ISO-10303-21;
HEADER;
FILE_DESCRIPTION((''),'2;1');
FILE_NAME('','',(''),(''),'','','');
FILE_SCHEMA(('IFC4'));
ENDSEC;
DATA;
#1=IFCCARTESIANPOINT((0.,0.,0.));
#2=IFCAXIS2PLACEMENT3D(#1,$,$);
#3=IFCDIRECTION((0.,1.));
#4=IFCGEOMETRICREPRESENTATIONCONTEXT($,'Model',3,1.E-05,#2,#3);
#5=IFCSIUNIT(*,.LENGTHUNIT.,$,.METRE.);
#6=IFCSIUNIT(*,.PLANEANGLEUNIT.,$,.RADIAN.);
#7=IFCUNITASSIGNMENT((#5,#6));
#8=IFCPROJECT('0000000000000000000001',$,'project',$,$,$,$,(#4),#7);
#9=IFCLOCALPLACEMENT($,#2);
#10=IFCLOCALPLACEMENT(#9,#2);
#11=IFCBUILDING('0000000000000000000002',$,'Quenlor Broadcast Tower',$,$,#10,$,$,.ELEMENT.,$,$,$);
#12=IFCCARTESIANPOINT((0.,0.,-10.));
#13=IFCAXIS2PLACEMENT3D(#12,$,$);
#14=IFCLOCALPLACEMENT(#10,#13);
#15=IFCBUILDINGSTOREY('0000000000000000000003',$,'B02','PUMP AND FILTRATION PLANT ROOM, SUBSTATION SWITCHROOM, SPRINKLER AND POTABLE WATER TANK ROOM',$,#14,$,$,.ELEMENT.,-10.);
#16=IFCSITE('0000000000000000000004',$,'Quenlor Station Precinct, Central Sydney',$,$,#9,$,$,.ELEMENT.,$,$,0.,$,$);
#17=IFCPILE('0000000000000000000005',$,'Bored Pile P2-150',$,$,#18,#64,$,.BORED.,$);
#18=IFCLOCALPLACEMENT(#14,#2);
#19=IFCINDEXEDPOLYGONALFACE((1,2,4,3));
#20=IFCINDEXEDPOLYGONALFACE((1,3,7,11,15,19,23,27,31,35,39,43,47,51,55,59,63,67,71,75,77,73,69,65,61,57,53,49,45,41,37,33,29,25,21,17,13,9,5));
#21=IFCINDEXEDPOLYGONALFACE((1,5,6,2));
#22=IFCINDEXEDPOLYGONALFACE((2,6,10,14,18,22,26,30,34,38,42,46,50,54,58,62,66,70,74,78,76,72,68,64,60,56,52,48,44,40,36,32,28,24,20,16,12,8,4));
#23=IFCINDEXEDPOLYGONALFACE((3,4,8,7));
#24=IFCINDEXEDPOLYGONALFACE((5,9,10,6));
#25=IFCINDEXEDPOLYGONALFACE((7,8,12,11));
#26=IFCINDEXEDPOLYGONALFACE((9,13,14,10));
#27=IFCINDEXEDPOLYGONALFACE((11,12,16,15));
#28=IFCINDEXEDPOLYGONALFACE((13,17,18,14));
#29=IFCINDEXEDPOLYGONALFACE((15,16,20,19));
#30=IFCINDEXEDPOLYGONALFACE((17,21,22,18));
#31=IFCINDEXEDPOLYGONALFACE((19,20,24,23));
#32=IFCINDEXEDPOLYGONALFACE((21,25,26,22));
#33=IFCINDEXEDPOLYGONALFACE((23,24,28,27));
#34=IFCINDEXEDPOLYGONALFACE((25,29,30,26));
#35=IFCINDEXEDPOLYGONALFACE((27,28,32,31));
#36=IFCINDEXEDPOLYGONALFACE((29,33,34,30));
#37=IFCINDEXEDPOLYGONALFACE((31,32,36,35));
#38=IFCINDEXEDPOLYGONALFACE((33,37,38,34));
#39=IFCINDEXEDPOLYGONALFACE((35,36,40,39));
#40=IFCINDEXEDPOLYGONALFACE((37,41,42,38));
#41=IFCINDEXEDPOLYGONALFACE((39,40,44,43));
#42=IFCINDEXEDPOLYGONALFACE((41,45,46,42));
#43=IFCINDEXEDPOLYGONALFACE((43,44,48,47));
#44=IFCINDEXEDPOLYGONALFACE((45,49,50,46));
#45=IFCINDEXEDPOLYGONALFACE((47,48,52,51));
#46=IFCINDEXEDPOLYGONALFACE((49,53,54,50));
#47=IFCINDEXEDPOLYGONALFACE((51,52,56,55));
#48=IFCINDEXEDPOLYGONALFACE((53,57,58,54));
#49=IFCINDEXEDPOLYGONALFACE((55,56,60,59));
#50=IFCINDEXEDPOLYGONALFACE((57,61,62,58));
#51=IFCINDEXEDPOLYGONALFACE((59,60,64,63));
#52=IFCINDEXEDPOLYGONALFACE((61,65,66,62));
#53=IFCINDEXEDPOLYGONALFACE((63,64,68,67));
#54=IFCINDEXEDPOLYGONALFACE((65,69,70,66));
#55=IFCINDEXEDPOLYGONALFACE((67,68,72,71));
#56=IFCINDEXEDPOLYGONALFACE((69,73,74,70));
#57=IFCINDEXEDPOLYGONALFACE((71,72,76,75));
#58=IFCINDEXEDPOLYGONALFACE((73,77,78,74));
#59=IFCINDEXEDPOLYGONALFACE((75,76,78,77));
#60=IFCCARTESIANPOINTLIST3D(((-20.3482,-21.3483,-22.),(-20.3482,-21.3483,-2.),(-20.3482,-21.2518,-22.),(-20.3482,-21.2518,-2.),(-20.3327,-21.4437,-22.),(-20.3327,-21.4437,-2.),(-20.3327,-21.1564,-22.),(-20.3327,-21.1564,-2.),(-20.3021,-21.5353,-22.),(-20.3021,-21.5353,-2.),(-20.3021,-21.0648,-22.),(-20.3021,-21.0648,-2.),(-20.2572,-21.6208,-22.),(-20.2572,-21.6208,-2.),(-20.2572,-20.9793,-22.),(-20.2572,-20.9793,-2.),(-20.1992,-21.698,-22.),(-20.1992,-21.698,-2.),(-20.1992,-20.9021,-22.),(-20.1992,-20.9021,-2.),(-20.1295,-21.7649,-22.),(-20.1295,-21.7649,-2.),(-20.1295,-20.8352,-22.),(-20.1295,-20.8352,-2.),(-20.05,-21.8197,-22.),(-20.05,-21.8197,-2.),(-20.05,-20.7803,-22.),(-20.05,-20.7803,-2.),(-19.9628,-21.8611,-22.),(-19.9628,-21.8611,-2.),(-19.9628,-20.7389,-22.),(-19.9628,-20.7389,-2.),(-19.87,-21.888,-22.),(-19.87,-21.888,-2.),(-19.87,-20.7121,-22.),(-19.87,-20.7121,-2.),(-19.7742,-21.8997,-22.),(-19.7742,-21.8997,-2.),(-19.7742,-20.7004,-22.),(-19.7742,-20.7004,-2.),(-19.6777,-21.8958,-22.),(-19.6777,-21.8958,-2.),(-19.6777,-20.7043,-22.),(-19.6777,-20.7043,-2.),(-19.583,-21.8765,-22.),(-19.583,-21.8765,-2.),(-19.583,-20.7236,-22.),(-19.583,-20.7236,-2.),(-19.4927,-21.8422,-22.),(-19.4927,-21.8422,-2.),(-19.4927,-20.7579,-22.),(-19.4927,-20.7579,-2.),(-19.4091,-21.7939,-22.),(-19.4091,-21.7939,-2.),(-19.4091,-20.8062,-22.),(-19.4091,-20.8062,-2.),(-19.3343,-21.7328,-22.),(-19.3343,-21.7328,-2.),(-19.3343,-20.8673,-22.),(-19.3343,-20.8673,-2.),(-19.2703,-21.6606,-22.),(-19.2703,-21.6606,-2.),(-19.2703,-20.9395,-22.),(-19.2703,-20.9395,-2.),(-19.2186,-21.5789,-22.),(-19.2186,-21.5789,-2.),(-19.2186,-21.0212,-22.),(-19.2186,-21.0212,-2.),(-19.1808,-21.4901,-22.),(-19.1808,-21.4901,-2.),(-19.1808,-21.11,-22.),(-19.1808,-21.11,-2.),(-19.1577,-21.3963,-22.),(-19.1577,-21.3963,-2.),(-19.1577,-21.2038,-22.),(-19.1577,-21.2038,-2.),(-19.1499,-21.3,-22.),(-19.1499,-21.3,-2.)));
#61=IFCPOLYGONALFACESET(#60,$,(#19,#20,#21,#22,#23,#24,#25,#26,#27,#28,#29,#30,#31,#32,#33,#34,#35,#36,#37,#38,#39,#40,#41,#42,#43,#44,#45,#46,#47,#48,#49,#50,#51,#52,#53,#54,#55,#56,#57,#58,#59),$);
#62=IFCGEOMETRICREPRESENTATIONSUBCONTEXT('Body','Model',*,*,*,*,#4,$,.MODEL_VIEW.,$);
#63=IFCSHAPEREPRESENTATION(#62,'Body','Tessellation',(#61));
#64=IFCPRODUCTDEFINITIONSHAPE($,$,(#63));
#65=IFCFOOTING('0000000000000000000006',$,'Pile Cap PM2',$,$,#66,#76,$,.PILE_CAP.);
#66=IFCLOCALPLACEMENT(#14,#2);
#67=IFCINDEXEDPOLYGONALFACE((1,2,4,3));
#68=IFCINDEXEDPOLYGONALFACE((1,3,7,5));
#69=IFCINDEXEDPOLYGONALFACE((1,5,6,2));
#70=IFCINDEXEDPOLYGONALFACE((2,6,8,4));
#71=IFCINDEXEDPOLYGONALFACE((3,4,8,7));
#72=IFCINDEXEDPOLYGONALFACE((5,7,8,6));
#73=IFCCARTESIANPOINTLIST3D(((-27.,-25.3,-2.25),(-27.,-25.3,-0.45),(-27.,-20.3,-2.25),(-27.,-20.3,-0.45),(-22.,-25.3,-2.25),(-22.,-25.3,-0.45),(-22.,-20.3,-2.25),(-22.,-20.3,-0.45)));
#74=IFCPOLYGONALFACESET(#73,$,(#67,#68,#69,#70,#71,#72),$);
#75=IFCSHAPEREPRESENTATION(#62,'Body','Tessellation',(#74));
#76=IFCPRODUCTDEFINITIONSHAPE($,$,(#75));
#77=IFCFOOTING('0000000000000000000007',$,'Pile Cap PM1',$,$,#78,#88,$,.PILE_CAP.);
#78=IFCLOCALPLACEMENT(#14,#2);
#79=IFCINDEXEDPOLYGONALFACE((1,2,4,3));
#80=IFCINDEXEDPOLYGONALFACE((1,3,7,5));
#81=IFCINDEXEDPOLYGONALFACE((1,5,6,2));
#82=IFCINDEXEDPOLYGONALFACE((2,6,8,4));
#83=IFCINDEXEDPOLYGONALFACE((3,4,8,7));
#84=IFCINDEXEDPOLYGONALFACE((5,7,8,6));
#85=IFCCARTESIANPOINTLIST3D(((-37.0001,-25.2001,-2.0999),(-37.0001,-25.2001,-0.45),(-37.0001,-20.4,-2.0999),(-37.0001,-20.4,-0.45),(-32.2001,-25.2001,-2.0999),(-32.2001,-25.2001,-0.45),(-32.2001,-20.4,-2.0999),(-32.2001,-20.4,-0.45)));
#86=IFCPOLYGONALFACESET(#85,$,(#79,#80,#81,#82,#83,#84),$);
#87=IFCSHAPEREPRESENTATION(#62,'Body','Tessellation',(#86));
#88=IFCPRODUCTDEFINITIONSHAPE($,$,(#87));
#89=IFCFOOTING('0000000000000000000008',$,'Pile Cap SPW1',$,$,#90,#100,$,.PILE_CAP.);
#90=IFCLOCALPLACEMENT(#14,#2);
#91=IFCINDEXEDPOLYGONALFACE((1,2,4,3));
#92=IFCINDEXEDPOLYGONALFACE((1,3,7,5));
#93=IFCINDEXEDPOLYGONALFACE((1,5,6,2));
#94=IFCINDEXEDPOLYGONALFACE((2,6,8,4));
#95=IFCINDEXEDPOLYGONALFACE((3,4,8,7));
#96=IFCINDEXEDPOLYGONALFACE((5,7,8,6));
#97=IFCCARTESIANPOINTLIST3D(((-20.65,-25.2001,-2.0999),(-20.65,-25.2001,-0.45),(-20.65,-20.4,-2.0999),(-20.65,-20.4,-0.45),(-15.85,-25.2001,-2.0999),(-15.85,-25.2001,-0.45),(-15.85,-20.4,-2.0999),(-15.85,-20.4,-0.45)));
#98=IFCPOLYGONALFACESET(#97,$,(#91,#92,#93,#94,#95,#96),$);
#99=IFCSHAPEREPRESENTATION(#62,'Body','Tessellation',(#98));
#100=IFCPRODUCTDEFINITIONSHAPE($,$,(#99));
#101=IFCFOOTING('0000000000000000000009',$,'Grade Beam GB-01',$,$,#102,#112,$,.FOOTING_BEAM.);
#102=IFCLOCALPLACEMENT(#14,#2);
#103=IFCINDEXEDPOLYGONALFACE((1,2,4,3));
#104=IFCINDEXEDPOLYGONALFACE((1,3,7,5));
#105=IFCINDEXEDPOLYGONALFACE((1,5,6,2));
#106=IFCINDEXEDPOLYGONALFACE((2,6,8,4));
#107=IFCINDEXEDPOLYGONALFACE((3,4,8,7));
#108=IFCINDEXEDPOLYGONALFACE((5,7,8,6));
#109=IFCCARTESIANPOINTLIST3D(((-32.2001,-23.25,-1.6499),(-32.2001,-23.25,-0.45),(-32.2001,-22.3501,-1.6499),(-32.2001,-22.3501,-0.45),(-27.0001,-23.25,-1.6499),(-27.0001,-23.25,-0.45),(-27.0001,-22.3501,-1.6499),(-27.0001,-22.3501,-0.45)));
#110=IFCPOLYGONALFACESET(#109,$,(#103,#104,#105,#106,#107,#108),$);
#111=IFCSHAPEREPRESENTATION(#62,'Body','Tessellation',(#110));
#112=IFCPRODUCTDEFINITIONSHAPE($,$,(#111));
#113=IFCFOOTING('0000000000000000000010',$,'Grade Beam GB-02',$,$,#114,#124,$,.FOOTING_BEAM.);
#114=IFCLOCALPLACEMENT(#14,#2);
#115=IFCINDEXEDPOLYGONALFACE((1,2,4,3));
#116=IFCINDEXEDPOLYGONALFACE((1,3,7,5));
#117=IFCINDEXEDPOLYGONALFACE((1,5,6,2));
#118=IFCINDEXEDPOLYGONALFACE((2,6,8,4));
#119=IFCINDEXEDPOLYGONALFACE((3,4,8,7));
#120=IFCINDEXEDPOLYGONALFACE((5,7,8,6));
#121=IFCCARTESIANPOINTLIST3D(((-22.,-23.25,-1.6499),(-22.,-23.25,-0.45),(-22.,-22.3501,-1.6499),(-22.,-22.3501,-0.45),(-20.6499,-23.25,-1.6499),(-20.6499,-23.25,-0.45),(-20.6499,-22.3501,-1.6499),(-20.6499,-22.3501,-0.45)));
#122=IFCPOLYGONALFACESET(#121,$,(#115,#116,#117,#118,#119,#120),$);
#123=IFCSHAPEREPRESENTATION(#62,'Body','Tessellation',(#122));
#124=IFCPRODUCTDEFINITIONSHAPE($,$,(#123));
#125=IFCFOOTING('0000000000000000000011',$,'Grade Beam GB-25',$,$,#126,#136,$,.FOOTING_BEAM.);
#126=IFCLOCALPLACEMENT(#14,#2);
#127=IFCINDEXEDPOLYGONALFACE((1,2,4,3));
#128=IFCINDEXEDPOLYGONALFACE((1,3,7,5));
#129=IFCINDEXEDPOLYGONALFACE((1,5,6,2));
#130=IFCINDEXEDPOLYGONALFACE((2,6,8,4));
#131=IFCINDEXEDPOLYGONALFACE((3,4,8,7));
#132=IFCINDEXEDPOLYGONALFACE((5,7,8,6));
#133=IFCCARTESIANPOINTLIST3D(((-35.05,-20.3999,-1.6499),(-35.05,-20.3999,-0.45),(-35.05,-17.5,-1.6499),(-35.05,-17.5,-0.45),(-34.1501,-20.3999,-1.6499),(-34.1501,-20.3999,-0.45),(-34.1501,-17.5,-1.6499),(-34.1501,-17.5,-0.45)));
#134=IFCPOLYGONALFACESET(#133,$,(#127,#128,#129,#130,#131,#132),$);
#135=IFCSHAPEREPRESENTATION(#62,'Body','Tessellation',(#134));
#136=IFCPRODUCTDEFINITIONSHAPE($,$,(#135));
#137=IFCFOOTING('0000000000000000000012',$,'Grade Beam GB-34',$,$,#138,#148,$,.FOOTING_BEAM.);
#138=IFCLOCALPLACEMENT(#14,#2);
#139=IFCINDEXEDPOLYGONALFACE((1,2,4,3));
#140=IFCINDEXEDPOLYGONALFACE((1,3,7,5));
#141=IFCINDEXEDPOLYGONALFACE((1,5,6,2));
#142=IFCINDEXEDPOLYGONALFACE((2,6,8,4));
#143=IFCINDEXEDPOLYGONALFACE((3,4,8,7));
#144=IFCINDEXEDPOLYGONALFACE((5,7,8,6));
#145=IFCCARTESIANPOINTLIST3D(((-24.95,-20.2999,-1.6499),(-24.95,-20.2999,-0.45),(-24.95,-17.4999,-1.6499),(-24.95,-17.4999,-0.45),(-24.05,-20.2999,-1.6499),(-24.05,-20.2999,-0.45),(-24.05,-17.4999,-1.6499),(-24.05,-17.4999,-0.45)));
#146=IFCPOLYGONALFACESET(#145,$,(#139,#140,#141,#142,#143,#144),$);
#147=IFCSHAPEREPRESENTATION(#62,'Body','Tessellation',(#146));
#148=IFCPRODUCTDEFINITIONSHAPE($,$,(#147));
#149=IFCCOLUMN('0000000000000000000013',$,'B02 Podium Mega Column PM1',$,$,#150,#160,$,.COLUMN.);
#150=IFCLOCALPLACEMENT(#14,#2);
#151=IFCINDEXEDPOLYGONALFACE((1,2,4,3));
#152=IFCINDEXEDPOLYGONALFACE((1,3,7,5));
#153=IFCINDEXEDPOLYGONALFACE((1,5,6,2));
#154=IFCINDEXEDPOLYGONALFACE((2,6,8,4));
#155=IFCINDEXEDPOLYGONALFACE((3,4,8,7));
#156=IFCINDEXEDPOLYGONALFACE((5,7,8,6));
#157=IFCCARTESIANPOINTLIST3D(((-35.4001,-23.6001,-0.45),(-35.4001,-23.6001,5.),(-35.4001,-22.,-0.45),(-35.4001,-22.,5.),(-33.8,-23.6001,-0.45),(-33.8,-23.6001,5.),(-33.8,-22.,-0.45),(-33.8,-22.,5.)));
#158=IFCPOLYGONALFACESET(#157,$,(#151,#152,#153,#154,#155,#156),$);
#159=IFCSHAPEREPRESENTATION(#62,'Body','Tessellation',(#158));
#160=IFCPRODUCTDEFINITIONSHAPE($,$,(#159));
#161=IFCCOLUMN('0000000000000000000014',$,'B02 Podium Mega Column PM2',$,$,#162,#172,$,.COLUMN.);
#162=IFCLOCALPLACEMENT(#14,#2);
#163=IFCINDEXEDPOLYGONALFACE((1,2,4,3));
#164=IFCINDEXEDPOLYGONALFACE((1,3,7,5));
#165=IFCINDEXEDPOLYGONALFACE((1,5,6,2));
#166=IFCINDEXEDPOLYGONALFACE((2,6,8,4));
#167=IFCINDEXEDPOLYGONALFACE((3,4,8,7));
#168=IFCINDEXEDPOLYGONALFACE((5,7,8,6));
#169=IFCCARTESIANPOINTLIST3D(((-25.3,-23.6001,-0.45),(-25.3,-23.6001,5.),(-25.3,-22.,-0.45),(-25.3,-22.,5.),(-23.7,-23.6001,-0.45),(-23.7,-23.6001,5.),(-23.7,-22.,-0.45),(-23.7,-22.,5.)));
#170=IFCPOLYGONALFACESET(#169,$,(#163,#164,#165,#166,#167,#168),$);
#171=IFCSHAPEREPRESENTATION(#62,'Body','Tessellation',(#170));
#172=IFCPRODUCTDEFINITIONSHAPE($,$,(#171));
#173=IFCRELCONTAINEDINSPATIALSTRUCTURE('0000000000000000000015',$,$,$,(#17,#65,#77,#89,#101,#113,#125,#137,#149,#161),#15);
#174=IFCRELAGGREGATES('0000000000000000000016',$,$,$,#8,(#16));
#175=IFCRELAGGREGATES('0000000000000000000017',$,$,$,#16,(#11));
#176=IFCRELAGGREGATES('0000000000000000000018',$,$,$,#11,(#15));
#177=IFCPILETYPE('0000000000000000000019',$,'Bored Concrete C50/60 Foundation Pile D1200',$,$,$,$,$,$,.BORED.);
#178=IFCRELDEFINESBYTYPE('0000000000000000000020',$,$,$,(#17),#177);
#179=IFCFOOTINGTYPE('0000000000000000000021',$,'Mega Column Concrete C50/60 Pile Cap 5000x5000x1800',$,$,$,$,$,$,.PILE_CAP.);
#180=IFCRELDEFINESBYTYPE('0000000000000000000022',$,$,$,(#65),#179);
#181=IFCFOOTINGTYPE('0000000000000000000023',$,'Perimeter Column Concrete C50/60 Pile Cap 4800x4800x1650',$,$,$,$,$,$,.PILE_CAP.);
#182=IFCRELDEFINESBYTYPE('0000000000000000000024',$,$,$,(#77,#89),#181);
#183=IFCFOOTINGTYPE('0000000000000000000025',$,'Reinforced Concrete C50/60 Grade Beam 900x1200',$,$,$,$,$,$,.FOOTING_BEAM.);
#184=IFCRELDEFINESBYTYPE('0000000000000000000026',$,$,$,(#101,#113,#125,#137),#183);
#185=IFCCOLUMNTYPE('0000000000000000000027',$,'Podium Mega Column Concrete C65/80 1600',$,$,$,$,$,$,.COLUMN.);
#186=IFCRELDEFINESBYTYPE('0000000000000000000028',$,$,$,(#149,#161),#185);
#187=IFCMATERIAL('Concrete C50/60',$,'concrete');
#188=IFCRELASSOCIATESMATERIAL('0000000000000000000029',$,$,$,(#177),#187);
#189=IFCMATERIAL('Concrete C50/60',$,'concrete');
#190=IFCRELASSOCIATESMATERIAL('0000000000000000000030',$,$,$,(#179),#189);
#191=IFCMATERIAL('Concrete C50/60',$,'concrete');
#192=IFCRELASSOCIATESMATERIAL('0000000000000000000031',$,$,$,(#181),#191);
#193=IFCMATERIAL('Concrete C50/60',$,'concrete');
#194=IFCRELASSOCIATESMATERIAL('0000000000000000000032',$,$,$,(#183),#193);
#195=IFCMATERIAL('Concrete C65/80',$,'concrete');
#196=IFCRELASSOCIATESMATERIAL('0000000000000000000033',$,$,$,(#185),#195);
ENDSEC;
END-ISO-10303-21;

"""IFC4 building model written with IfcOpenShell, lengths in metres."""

from ifc_helpers import new_model, si_unit, direction, frame, origin, origin_2d, place, context, subcontext, project, spatial, rectangle, circle, extrude, material, material_profile, profile_set, type_object, element, save


model = new_model("IFC4")

# Units and contexts
model_context = context("Model", 3, precision=1e-05, world=origin(), true_north=direction((0.0, 1.0)))
body_context = subcontext(model_context, "Body", "Model", "MODEL_VIEW")
ifc_project = project(units=[si_unit("LENGTHUNIT", "METRE"), si_unit("PLANEANGLEUNIT", "RADIAN")], contexts=[model_context])

# Site, building, storey
site_placement = place(None, origin())
site = spatial("IfcSite", under=ifc_project, at=site_placement, Name="Quenlor Station Precinct, Central Sydney", CompositionType="ELEMENT", RefElevation=0.0)
building_placement = place(site_placement, origin())
building = spatial("IfcBuilding", under=site, at=building_placement, Name="Quenlor Broadcast Tower", CompositionType="ELEMENT")
storey_placement = place(building_placement, frame((0.0, 0.0, -10.0)))
storey = spatial("IfcBuildingStorey", under=building, at=storey_placement, Name="B02", Description="PUMP AND FILTRATION PLANT ROOM, SUBSTATION SWITCHROOM, SPRINKLER AND POTABLE WATER TANK ROOM", CompositionType="ELEMENT", Elevation=-10.0)

# Pile
ifc_material_1 = material(Name="Concrete C50/60", Category="concrete")
ifc_material_profile_1 = material_profile(ifc_material_1, circle(Radius=0.6001, at=origin_2d()))
ifc_profile_set_1 = profile_set([ifc_material_profile_1], Name="Concrete C50/60 PILE1200")
pile_type = type_object("IfcPileType", Name="Bored Concrete C50/60 Foundation Pile D1200", PredefinedType="BORED", material=ifc_profile_set_1)
for number, where, z_axis, x_axis, name in (
    (1, (-19.75, -21.3, -2.0), (0.0, 0.0, -1.0), (1.0, 0.0, 0.0), "Bored Pile P2-150"),
):
    element("IfcPile", number, at=place(storey_placement, frame(where, z_axis=z_axis, x_axis=x_axis)), inside=storey, type_object=pile_type, Name=name, PredefinedType="BORED", context=body_context, shape_type="SweptSolid", body=[
        extrude(circle(Radius=0.6001, at=origin_2d()), origin(), (0.0, 0.0, 1.0), 20.0),
    ])

# Footings
ifc_material_2 = material(Name="Concrete C50/60", Category="concrete")
footing_type_1 = type_object("IfcFootingType", Name="Mega Column Concrete C50/60 Pile Cap 5000x5000x1800", PredefinedType="PILE_CAP", material=ifc_material_2)
footing_1_placement = place(storey_placement, frame((-24.5, -22.8, -2.25), z_axis=(0.0, 0.0, 1.0), x_axis=(1.0, 0.0, 0.0)))
element("IfcFooting", 2, at=footing_1_placement, inside=storey, type_object=footing_type_1, Name="Pile Cap PM2", PredefinedType="PILE_CAP", context=body_context, shape_type="SweptSolid", body=[
    extrude(rectangle(XDim=5.0, YDim=5.0, at=origin_2d()), origin(), (0.0, 0.0, 1.0), 1.8),
])
ifc_material_3 = material(Name="Concrete C50/60", Category="concrete")
footing_type_2 = type_object("IfcFootingType", Name="Perimeter Column Concrete C50/60 Pile Cap 4800x4800x1650", PredefinedType="PILE_CAP", material=ifc_material_3)
for number, where, z_axis, x_axis, name in (
    (3, (-34.6001, -22.8, -2.0999), (0.0, 0.0, 1.0), (1.0, 0.0, 0.0), "Pile Cap PM1"),
    (4, (-18.25, -22.8, -2.0999), (0.0, 0.0, 1.0), (1.0, 0.0, 0.0), "Pile Cap SPW1"),
):
    element("IfcFooting", number, at=place(storey_placement, frame(where, z_axis=z_axis, x_axis=x_axis)), inside=storey, type_object=footing_type_2, Name=name, PredefinedType="PILE_CAP", context=body_context, shape_type="SweptSolid", body=[
        extrude(rectangle(XDim=4.8, YDim=4.8, at=origin_2d()), origin(), (0.0, 0.0, 1.0), 1.6499),
    ])
ifc_material_4 = material(Name="Concrete C50/60", Category="concrete")
footing_type_3 = type_object("IfcFootingType", Name="Reinforced Concrete C50/60 Grade Beam 900x1200", PredefinedType="FOOTING_BEAM", material=ifc_material_4)
footing_2_placement = place(storey_placement, frame((-29.6001, -22.8, -1.6499), z_axis=(0.0, 0.0, 1.0), x_axis=(1.0, 0.0, 0.0)))
element("IfcFooting", 5, at=footing_2_placement, inside=storey, type_object=footing_type_3, Name="Grade Beam GB-01", PredefinedType="FOOTING_BEAM", context=body_context, shape_type="SweptSolid", body=[
    extrude(rectangle(XDim=5.2, YDim=0.8999, at=origin_2d()), origin(), (0.0, 0.0, 1.0), 1.2),
])
footing_3_placement = place(storey_placement, frame((-21.325, -22.8, -1.6499), z_axis=(0.0, 0.0, 1.0), x_axis=(1.0, 0.0, 0.0)))
element("IfcFooting", 6, at=footing_3_placement, inside=storey, type_object=footing_type_3, Name="Grade Beam GB-02", PredefinedType="FOOTING_BEAM", context=body_context, shape_type="SweptSolid", body=[
    extrude(rectangle(XDim=1.3501, YDim=0.8999, at=origin_2d()), origin(), (0.0, 0.0, 1.0), 1.2),
])
footing_4_placement = place(storey_placement, frame((-34.6001, -18.95, -1.6499), z_axis=(0.0, 0.0, 1.0), x_axis=(0.0, 1.0, 0.0)))
element("IfcFooting", 7, at=footing_4_placement, inside=storey, type_object=footing_type_3, Name="Grade Beam GB-25", PredefinedType="FOOTING_BEAM", context=body_context, shape_type="SweptSolid", body=[
    extrude(rectangle(XDim=2.8999, YDim=0.8999, at=origin_2d()), origin(), (0.0, 0.0, 1.0), 1.2),
])
footing_5_placement = place(storey_placement, frame((-24.5, -18.8999, -1.6499), z_axis=(0.0, 0.0, 1.0), x_axis=(0.0, 1.0, 0.0)))
element("IfcFooting", 8, at=footing_5_placement, inside=storey, type_object=footing_type_3, Name="Grade Beam GB-34", PredefinedType="FOOTING_BEAM", context=body_context, shape_type="SweptSolid", body=[
    extrude(rectangle(XDim=2.8, YDim=0.8999, at=origin_2d()), origin(), (0.0, 0.0, 1.0), 1.2),
])

# Columns
ifc_material_5 = material(Name="Concrete C65/80", Category="concrete")
ifc_material_profile_2 = material_profile(ifc_material_5, rectangle(XDim=1.6001, YDim=1.6001, at=origin_2d()))
ifc_profile_set_2 = profile_set([ifc_material_profile_2], Name="Concrete C65/80 RC1600x1600")
column_type_1 = type_object("IfcColumnType", Name="Podium Mega Column Concrete C65/80 1600", PredefinedType="COLUMN", material=ifc_profile_set_2)
for number, where, z_axis, x_axis, name in (
    (9, (-34.6001, -22.8, -0.45), (0.0, 0.0, 1.0), (1.0, 0.0, 0.0), "B02 Podium Mega Column PM1"),
    (10, (-24.5, -22.8, -0.45), (0.0, 0.0, 1.0), (1.0, 0.0, 0.0), "B02 Podium Mega Column PM2"),
):
    element("IfcColumn", number, at=place(storey_placement, frame(where, z_axis=z_axis, x_axis=x_axis)), inside=storey, type_object=column_type_1, Name=name, PredefinedType="COLUMN", context=body_context, shape_type="SweptSolid", body=[
        extrude(rectangle(XDim=1.6001, YDim=1.6001, at=origin_2d()), origin(), (0.0, 0.0, 1.0), 5.45),
    ])

save(model, "model.ifc")
